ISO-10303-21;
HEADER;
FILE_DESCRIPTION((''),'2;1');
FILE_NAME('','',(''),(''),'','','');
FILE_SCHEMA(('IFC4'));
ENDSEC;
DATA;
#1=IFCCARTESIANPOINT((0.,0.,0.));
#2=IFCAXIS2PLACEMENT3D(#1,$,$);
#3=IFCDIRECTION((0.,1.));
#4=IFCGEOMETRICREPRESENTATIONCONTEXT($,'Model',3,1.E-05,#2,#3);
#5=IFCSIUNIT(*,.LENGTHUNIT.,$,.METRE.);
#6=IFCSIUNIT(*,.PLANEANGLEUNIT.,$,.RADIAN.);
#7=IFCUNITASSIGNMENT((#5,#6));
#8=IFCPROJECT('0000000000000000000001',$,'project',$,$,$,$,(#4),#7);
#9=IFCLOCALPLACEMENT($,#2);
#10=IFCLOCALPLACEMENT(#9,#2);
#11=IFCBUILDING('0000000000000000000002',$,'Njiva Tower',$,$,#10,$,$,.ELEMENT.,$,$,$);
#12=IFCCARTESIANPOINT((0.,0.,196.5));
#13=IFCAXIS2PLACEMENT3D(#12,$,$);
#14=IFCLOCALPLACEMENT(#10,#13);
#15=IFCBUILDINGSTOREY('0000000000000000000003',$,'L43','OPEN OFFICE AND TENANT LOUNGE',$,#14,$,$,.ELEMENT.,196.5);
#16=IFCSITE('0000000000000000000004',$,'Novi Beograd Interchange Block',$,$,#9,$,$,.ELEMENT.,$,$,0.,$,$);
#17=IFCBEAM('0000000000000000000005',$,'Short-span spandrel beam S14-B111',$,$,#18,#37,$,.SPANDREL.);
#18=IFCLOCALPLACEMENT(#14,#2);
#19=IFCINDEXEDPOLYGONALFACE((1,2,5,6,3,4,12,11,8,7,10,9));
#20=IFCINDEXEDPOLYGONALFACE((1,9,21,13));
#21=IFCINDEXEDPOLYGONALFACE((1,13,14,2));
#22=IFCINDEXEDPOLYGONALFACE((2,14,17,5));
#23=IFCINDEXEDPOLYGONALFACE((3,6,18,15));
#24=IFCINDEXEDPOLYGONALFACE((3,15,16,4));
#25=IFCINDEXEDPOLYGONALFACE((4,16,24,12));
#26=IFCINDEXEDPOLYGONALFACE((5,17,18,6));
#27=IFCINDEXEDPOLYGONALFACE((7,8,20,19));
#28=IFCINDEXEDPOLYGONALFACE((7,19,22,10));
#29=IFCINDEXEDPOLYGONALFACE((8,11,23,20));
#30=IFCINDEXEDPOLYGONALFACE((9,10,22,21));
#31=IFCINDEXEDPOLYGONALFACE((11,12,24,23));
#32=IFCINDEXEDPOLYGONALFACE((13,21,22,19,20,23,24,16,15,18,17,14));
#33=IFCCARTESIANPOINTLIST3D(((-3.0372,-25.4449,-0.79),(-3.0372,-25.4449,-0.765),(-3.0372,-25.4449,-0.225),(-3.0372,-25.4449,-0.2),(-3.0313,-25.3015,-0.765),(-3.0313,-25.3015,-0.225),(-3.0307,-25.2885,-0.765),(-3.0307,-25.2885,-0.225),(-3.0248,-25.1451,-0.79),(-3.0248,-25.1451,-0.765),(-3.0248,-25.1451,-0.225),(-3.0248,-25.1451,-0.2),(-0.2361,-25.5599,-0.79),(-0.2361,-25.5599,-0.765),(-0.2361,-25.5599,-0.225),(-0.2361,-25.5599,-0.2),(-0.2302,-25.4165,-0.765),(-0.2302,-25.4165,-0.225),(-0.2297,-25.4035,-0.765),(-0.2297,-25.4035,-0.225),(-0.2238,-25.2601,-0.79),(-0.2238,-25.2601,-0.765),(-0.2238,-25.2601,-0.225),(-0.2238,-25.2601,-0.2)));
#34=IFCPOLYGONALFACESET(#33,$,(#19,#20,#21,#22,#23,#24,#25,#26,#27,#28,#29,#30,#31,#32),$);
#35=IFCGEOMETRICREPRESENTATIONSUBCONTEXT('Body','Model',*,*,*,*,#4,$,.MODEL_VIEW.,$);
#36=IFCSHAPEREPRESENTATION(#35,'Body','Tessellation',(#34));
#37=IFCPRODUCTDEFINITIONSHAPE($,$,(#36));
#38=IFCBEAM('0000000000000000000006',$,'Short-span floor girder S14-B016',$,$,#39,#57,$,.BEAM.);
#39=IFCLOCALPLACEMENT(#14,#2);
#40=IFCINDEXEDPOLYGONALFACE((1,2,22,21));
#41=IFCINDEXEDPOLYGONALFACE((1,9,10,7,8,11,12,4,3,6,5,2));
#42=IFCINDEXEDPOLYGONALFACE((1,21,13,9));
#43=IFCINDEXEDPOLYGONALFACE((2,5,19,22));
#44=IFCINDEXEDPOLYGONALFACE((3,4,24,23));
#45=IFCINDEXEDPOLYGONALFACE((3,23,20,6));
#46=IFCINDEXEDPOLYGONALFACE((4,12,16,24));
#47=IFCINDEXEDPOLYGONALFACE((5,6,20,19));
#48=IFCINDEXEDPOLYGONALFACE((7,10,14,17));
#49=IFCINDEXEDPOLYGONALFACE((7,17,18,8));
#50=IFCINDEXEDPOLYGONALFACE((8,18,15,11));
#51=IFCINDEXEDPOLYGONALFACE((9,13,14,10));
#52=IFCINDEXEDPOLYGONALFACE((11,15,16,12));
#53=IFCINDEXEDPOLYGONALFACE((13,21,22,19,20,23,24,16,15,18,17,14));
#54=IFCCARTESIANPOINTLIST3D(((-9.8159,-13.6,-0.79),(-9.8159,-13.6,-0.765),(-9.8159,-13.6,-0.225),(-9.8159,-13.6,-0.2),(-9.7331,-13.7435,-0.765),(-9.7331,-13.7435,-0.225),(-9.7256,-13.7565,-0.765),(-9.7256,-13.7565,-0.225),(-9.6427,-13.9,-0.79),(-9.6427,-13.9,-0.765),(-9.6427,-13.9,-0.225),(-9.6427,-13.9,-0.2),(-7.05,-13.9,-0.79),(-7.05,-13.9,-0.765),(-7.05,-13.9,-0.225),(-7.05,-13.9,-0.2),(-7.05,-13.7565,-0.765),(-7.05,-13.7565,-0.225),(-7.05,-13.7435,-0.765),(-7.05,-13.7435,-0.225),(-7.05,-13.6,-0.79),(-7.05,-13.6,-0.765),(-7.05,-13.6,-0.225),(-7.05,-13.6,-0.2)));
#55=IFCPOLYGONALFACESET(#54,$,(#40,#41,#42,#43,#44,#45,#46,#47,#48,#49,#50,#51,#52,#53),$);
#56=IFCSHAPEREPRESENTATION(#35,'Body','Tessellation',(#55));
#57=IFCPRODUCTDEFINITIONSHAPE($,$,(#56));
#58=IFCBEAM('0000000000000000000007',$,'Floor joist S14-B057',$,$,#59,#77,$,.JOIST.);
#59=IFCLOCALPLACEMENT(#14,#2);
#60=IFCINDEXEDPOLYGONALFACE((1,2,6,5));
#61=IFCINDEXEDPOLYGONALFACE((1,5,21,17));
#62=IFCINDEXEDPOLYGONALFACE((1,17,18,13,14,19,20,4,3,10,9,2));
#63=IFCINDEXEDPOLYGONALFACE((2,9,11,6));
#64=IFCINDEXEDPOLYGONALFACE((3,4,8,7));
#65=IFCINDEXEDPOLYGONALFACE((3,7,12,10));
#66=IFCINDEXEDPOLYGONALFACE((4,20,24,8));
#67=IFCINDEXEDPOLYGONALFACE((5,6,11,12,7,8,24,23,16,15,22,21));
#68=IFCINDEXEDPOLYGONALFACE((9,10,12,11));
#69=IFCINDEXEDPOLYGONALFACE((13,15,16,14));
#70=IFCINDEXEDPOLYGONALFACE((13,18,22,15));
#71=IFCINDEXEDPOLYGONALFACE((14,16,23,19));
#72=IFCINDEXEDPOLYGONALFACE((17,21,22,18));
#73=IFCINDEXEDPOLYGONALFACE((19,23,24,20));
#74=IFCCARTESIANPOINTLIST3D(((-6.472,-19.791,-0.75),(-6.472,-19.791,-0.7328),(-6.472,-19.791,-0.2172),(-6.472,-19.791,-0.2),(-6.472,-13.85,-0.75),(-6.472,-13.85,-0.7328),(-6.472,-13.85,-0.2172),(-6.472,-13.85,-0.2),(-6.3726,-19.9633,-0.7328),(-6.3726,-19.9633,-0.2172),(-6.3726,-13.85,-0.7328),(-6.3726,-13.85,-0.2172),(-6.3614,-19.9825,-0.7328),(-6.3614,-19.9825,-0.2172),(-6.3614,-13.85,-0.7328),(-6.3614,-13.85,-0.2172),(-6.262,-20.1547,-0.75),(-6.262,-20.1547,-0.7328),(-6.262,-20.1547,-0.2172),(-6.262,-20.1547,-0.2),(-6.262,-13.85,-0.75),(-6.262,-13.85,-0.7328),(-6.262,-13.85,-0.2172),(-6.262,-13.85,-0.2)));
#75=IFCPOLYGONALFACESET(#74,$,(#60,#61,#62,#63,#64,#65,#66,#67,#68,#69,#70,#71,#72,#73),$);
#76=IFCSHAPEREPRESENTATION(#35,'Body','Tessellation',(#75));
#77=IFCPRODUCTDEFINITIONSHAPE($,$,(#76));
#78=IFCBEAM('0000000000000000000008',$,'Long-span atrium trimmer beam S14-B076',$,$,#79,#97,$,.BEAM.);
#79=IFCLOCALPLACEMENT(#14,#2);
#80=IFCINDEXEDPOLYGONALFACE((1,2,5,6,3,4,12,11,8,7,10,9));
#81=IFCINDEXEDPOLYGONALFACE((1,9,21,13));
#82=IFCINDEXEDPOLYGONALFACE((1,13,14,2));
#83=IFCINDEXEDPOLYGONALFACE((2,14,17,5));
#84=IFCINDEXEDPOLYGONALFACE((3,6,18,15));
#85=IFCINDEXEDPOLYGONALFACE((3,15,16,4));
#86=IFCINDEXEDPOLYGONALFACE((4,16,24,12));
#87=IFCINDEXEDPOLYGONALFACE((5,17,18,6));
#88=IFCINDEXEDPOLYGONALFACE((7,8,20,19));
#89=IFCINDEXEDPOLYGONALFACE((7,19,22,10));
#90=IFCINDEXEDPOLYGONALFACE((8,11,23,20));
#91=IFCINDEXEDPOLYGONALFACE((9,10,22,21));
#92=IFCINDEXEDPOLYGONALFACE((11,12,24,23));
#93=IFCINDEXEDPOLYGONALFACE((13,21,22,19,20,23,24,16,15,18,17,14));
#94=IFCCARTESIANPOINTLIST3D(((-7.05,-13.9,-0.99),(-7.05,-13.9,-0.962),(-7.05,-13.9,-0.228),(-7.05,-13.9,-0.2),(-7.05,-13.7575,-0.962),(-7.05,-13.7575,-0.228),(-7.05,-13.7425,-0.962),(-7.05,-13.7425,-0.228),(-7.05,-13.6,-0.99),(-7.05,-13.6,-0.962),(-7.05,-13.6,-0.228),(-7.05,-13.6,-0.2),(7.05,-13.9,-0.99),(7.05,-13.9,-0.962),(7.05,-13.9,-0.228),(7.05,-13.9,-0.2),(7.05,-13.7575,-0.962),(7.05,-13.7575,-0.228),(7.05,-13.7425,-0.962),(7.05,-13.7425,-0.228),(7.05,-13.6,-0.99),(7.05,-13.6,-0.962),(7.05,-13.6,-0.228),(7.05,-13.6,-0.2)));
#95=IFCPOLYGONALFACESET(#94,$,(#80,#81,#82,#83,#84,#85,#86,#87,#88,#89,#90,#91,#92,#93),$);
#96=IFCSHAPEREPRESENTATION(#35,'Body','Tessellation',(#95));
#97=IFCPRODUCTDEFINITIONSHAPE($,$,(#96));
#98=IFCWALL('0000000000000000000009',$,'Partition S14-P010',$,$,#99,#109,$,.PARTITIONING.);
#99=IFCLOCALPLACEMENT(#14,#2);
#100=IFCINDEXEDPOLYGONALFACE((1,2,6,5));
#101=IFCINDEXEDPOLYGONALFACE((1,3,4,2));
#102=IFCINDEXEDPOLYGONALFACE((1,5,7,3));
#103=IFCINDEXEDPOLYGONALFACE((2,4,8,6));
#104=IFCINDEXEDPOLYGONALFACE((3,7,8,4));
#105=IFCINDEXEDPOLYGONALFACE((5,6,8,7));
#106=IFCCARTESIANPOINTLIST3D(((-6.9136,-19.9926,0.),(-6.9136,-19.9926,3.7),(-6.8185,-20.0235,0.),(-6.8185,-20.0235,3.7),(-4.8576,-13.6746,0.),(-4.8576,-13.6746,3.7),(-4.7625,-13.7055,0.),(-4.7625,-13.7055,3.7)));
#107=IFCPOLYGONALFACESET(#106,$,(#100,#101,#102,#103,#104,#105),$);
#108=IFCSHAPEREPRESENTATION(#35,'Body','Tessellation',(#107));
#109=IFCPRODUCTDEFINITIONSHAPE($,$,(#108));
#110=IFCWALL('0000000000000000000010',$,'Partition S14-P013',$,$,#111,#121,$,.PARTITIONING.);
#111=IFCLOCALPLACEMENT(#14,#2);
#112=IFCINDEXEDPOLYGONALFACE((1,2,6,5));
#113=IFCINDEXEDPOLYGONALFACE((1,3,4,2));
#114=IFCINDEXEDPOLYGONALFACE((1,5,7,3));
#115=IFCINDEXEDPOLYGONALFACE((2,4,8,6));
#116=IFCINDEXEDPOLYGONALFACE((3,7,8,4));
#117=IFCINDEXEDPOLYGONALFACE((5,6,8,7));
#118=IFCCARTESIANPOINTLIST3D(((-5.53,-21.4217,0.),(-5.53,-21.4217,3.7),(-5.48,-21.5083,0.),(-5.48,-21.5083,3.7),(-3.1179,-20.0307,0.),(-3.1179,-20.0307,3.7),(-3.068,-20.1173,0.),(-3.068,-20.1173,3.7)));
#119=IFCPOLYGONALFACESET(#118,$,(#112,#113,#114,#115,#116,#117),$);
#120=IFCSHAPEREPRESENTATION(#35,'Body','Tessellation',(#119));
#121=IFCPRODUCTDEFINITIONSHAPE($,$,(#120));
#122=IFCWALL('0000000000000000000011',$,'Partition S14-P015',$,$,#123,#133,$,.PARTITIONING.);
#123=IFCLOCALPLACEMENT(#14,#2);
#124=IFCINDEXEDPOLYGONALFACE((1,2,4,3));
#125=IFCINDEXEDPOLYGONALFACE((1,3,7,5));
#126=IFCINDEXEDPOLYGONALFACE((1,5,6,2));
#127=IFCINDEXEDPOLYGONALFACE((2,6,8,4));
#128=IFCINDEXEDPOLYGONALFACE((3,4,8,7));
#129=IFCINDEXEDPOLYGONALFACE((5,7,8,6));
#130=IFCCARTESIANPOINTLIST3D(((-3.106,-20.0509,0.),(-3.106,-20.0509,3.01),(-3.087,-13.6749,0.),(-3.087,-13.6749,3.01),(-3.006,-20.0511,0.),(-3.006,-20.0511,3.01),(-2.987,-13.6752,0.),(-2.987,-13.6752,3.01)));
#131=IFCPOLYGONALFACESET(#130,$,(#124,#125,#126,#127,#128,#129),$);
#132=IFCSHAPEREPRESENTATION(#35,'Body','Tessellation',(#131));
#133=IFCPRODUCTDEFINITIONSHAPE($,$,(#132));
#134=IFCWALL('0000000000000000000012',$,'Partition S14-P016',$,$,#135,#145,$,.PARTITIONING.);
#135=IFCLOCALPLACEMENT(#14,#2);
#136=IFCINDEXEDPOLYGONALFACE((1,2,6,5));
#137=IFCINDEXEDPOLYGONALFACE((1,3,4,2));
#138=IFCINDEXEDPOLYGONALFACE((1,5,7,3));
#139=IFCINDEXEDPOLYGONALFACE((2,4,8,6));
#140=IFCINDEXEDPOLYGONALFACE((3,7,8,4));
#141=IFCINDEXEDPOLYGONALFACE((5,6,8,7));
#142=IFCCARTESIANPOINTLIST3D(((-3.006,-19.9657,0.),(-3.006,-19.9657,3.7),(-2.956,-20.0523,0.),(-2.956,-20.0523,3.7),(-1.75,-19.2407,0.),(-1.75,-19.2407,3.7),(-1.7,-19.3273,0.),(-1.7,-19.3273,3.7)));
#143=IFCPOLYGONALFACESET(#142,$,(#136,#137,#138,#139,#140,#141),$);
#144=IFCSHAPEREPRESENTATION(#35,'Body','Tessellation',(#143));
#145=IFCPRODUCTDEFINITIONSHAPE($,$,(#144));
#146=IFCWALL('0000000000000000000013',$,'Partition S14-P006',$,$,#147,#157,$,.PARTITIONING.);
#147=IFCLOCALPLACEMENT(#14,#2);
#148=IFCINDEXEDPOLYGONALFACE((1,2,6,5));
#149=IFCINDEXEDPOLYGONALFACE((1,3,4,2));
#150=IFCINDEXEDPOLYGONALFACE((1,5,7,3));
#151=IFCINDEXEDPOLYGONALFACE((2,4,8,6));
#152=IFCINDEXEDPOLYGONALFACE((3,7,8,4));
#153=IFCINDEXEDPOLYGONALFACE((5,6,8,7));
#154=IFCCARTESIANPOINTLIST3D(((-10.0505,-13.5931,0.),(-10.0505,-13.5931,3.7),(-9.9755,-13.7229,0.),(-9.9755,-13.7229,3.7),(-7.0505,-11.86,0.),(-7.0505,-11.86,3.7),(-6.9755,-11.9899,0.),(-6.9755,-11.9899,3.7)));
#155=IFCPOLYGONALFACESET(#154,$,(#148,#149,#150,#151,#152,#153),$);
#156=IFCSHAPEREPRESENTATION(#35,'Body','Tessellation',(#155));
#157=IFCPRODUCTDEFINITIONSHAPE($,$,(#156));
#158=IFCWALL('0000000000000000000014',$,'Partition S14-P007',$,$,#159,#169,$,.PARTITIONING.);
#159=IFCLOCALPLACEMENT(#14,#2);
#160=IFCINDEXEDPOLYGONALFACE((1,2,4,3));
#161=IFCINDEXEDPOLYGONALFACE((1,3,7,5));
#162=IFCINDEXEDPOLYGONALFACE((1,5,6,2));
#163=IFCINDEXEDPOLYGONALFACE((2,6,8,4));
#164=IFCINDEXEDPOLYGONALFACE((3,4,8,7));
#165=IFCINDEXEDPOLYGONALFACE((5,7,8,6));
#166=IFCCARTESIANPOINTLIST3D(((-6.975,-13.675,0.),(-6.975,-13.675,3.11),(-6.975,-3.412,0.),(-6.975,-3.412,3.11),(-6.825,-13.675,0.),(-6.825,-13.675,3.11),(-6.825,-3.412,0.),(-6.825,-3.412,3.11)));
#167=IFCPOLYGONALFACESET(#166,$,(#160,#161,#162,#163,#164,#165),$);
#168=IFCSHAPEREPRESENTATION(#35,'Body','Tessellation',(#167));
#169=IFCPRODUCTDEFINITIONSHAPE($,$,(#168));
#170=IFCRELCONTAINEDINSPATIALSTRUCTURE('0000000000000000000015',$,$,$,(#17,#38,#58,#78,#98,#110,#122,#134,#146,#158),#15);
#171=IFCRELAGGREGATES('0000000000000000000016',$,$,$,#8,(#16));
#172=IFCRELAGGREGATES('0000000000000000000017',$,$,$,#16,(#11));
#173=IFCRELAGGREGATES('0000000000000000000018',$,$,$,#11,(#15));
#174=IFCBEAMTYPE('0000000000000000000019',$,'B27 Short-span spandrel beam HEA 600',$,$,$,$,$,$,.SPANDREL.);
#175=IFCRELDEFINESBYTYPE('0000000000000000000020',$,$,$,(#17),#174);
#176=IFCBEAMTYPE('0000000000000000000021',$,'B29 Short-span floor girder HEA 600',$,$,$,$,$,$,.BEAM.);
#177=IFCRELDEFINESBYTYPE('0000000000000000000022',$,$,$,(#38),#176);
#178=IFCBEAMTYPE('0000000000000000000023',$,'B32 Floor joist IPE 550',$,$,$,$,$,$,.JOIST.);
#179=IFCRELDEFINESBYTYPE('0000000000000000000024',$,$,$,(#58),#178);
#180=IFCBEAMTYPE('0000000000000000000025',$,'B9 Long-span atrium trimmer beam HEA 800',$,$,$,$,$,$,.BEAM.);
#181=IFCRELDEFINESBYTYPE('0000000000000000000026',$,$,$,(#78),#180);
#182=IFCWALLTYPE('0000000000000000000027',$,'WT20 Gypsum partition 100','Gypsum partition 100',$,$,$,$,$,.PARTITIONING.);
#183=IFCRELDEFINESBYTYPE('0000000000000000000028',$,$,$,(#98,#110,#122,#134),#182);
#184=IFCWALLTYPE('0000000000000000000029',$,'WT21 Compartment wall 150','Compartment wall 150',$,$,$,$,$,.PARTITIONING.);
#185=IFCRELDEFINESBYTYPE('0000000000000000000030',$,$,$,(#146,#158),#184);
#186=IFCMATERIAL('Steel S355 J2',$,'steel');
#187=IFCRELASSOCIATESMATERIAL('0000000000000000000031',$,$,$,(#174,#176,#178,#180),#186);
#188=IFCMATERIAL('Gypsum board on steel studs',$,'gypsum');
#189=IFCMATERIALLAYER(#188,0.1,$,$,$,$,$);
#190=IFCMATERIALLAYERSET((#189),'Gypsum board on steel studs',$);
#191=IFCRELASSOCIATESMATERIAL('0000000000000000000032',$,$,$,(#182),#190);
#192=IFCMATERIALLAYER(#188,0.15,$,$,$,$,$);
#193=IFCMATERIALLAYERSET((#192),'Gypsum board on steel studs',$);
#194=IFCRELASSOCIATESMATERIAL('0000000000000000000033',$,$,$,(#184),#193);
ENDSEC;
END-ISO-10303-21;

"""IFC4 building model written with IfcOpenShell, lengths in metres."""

from ifc_helpers import new_model, si_unit, direction, frame, frame_2d, origin, origin_2d, place, context, subcontext, project, spatial, rectangle, i_section, extrude, clip, halfspace, material, layer, layer_set, material_profile, profile_set, type_object, element, save


model = new_model("IFC4")

# Units and contexts
model_context = context("Model", 3, precision=1e-05, world=origin(), true_north=direction((0.0, 1.0)))
body_context = subcontext(model_context, "Body", "Model", "MODEL_VIEW")
ifc_project = project(units=[si_unit("LENGTHUNIT", "METRE"), si_unit("PLANEANGLEUNIT", "RADIAN")], contexts=[model_context])

# Site, building, storey
site_placement = place(None, origin())
site = spatial("IfcSite", under=ifc_project, at=site_placement, Name="Novi Beograd Interchange Block", CompositionType="ELEMENT", RefElevation=0.0)
building_placement = place(site_placement, origin())
building = spatial("IfcBuilding", under=site, at=building_placement, Name="Njiva Tower", CompositionType="ELEMENT")
storey_placement = place(building_placement, frame((0.0, 0.0, 196.5)))
storey = spatial("IfcBuildingStorey", under=building, at=storey_placement, Name="L43", Description="OPEN OFFICE AND TENANT LOUNGE", CompositionType="ELEMENT", Elevation=196.5)

# Shared definitions
ifc_material_1 = material(Name="Steel S355 J2", Category="steel")

# Beams
ifc_material_profile_1 = material_profile(ifc_material_1, i_section(OverallWidth=0.3, OverallDepth=0.59, WebThickness=0.013, FlangeThickness=0.025, at=origin_2d()), Name="HEA 600")
ifc_profile_set_1 = profile_set([ifc_material_profile_1], Name="Steel S355 J2")
beam_type_1 = type_object("IfcBeamType", Name="B27 Short-span spandrel beam HEA 600", PredefinedType="SPANDREL", material=ifc_profile_set_1)
beam_1_placement = place(storey_placement, frame((-3.031, -25.295, -0.495), z_axis=(0.999158, -0.041022, 0.0), x_axis=(0.041022, 0.999158, 0.0)))
element("IfcBeam", 1, at=beam_1_placement, inside=storey, type_object=beam_type_1, Name="Short-span spandrel beam S14-B111", PredefinedType="SPANDREL", context=body_context, shape_type="SweptSolid", body=[
    extrude(i_section(OverallWidth=0.3, OverallDepth=0.59, WebThickness=0.013, FlangeThickness=0.025, at=origin_2d()), origin(), (0.0, 0.0, 1.0), 2.8034),
])
ifc_material_profile_2 = material_profile(ifc_material_1, i_section(OverallWidth=0.3, OverallDepth=0.59, WebThickness=0.013, FlangeThickness=0.025, at=origin_2d()), Name="HEA 600")
ifc_profile_set_2 = profile_set([ifc_material_profile_2], Name="Steel S355 J2")
beam_type_2 = type_object("IfcBeamType", Name="B29 Short-span floor girder HEA 600", PredefinedType="BEAM", material=ifc_profile_set_2)
beam_2_placement = place(storey_placement, frame((-9.836, -13.75, -0.495), z_axis=(1.0, 0.0, 0.0), x_axis=(0.0, 1.0, 0.0)))
element("IfcBeam", 2, at=beam_2_placement, inside=storey, type_object=beam_type_2, Name="Short-span floor girder S14-B016", PredefinedType="BEAM", context=body_context, shape_type="Clipping", body=[
    clip(extrude(i_section(OverallWidth=0.3, OverallDepth=0.59, WebThickness=0.013, FlangeThickness=0.025, at=origin_2d()), origin(), (0.0, 0.0, 1.0), 2.786), halfspace(frame((-0.025, 0.0, 0.1211), z_axis=(-0.499998, 0.0, -0.866027), x_axis=(0.0, -1.0, 0.0)), False)),
])
ifc_material_profile_3 = material_profile(ifc_material_1, i_section(OverallWidth=0.21, OverallDepth=0.55, WebThickness=0.0111, FlangeThickness=0.0172, at=origin_2d()), Name="IPE 550")
ifc_profile_set_3 = profile_set([ifc_material_profile_3], Name="Steel S355 J2")
beam_type_3 = type_object("IfcBeamType", Name="B32 Floor joist IPE 550", PredefinedType="JOIST", material=ifc_profile_set_3)
beam_3_placement = place(storey_placement, frame((-6.367, -13.85, -0.475), z_axis=(0.0, -1.0, 0.0), x_axis=(1.0, 0.0, 0.0)))
element("IfcBeam", 3, at=beam_3_placement, inside=storey, type_object=beam_type_3, Name="Floor joist S14-B057", PredefinedType="JOIST", context=body_context, shape_type="Clipping", body=[
    clip(extrude(i_section(OverallWidth=0.21, OverallDepth=0.55, WebThickness=0.0111, FlangeThickness=0.0172, at=origin_2d()), origin(), (0.0, 0.0, 1.0), 6.325), halfspace(frame((-0.043, 0.0, 6.0484), z_axis=(-0.866027, 0.0, 0.499998), x_axis=(0.0, 1.0, 0.0)), False)),
])
ifc_material_profile_4 = material_profile(ifc_material_1, i_section(OverallWidth=0.3, OverallDepth=0.79, WebThickness=0.015, FlangeThickness=0.028, at=origin_2d()), Name="HEA 800")
ifc_profile_set_4 = profile_set([ifc_material_profile_4], Name="Steel S355 J2")
beam_type_4 = type_object("IfcBeamType", Name="B9 Long-span atrium trimmer beam HEA 800", PredefinedType="BEAM", material=ifc_profile_set_4)
beam_4_placement = place(storey_placement, frame((-7.05, -13.75, -0.595), z_axis=(1.0, 0.0, 0.0), x_axis=(0.0, 1.0, 0.0)))
element("IfcBeam", 4, at=beam_4_placement, inside=storey, type_object=beam_type_4, Name="Long-span atrium trimmer beam S14-B076", PredefinedType="BEAM", context=body_context, shape_type="SweptSolid", body=[
    extrude(i_section(OverallWidth=0.3, OverallDepth=0.79, WebThickness=0.015, FlangeThickness=0.028, at=origin_2d()), origin(), (0.0, 0.0, 1.0), 14.1),
])

# Walls
ifc_material_2 = material(Name="Gypsum board on steel studs", Category="gypsum")
ifc_layer_1 = layer(ifc_material_2, 0.1)
ifc_layer_set_1 = layer_set([ifc_layer_1], Name="Gypsum board on steel studs")
wall_type_1 = type_object("IfcWallType", Name="WT20 Gypsum partition 100", Description="Gypsum partition 100", PredefinedType="PARTITIONING", material=ifc_layer_set_1)
wall_1_placement = place(storey_placement, frame((-6.866, -20.008, 0.0), z_axis=(0.0, 0.0, 1.0), x_axis=(0.309447, 0.950917, 0.0)))
element("IfcWall", 5, at=wall_1_placement, inside=storey, type_object=wall_type_1, Name="Partition S14-P010", PredefinedType="PARTITIONING", context=body_context, shape_type="SweptSolid", body=[
    extrude(rectangle(XDim=6.6441, YDim=0.1, at=frame_2d((3.322, 0.0))), origin(), (0.0, 0.0, 1.0), 3.7),
])
wall_2_placement = place(storey_placement, frame((-5.505, -21.465, 0.0), z_axis=(0.0, 0.0, 1.0), x_axis=(0.866269, 0.499577, 0.0)))
element("IfcWall", 6, at=wall_2_placement, inside=storey, type_object=wall_type_1, Name="Partition S14-P013", PredefinedType="PARTITIONING", context=body_context, shape_type="SweptSolid", body=[
    extrude(rectangle(XDim=2.7844, YDim=0.1, at=frame_2d((1.3922, 0.0))), origin(), (0.0, 0.0, 1.0), 3.7),
])
wall_3_placement = place(storey_placement, frame((-3.056, -20.051, 0.0), z_axis=(0.0, 0.0, 1.0), x_axis=(0.00298, 0.999996, 0.0)))
element("IfcWall", 7, at=wall_3_placement, inside=storey, type_object=wall_type_1, Name="Partition S14-P015", PredefinedType="PARTITIONING", context=body_context, shape_type="SweptSolid", body=[
    extrude(rectangle(XDim=6.376, YDim=0.1, at=frame_2d((3.188, 0.0))), origin(), (0.0, 0.0, 1.0), 3.01),
])
wall_4_placement = place(storey_placement, frame((-2.981, -20.009, 0.0), z_axis=(0.0, 0.0, 1.0), x_axis=(0.866071, 0.499921, 0.0)))
element("IfcWall", 8, at=wall_4_placement, inside=storey, type_object=wall_type_1, Name="Partition S14-P016", PredefinedType="PARTITIONING", context=body_context, shape_type="SweptSolid", body=[
    extrude(rectangle(XDim=1.4502, YDim=0.1, at=frame_2d((0.7251, 0.0))), origin(), (0.0, 0.0, 1.0), 3.7),
])
ifc_layer_2 = layer(ifc_material_2, 0.15)
ifc_layer_set_2 = layer_set([ifc_layer_2], Name="Gypsum board on steel studs")
wall_type_2 = type_object("IfcWallType", Name="WT21 Compartment wall 150", Description="Compartment wall 150", PredefinedType="PARTITIONING", material=ifc_layer_set_2)
wall_5_placement = place(storey_placement, frame((-10.013, -13.658, 0.0), z_axis=(0.0, 0.0, 1.0), x_axis=(0.865907, 0.500205, 0.0)))
element("IfcWall", 9, at=wall_5_placement, inside=storey, type_object=wall_type_2, Name="Partition S14-P006", PredefinedType="PARTITIONING", context=body_context, shape_type="SweptSolid", body=[
    extrude(rectangle(XDim=3.4646, YDim=0.15, at=frame_2d((1.7323, 0.0))), origin(), (0.0, 0.0, 1.0), 3.7),
])
wall_6_placement = place(storey_placement, frame((-6.9, -13.675, 0.0), z_axis=(0.0, 0.0, 1.0), x_axis=(0.0, 1.0, 0.0)))
element("IfcWall", 10, at=wall_6_placement, inside=storey, type_object=wall_type_2, Name="Partition S14-P007", PredefinedType="PARTITIONING", context=body_context, shape_type="SweptSolid", body=[
    extrude(rectangle(XDim=10.263, YDim=0.15, at=frame_2d((5.1315, 0.0))), origin(), (0.0, 0.0, 1.0), 3.11),
])

save(model, "model.ifc")
